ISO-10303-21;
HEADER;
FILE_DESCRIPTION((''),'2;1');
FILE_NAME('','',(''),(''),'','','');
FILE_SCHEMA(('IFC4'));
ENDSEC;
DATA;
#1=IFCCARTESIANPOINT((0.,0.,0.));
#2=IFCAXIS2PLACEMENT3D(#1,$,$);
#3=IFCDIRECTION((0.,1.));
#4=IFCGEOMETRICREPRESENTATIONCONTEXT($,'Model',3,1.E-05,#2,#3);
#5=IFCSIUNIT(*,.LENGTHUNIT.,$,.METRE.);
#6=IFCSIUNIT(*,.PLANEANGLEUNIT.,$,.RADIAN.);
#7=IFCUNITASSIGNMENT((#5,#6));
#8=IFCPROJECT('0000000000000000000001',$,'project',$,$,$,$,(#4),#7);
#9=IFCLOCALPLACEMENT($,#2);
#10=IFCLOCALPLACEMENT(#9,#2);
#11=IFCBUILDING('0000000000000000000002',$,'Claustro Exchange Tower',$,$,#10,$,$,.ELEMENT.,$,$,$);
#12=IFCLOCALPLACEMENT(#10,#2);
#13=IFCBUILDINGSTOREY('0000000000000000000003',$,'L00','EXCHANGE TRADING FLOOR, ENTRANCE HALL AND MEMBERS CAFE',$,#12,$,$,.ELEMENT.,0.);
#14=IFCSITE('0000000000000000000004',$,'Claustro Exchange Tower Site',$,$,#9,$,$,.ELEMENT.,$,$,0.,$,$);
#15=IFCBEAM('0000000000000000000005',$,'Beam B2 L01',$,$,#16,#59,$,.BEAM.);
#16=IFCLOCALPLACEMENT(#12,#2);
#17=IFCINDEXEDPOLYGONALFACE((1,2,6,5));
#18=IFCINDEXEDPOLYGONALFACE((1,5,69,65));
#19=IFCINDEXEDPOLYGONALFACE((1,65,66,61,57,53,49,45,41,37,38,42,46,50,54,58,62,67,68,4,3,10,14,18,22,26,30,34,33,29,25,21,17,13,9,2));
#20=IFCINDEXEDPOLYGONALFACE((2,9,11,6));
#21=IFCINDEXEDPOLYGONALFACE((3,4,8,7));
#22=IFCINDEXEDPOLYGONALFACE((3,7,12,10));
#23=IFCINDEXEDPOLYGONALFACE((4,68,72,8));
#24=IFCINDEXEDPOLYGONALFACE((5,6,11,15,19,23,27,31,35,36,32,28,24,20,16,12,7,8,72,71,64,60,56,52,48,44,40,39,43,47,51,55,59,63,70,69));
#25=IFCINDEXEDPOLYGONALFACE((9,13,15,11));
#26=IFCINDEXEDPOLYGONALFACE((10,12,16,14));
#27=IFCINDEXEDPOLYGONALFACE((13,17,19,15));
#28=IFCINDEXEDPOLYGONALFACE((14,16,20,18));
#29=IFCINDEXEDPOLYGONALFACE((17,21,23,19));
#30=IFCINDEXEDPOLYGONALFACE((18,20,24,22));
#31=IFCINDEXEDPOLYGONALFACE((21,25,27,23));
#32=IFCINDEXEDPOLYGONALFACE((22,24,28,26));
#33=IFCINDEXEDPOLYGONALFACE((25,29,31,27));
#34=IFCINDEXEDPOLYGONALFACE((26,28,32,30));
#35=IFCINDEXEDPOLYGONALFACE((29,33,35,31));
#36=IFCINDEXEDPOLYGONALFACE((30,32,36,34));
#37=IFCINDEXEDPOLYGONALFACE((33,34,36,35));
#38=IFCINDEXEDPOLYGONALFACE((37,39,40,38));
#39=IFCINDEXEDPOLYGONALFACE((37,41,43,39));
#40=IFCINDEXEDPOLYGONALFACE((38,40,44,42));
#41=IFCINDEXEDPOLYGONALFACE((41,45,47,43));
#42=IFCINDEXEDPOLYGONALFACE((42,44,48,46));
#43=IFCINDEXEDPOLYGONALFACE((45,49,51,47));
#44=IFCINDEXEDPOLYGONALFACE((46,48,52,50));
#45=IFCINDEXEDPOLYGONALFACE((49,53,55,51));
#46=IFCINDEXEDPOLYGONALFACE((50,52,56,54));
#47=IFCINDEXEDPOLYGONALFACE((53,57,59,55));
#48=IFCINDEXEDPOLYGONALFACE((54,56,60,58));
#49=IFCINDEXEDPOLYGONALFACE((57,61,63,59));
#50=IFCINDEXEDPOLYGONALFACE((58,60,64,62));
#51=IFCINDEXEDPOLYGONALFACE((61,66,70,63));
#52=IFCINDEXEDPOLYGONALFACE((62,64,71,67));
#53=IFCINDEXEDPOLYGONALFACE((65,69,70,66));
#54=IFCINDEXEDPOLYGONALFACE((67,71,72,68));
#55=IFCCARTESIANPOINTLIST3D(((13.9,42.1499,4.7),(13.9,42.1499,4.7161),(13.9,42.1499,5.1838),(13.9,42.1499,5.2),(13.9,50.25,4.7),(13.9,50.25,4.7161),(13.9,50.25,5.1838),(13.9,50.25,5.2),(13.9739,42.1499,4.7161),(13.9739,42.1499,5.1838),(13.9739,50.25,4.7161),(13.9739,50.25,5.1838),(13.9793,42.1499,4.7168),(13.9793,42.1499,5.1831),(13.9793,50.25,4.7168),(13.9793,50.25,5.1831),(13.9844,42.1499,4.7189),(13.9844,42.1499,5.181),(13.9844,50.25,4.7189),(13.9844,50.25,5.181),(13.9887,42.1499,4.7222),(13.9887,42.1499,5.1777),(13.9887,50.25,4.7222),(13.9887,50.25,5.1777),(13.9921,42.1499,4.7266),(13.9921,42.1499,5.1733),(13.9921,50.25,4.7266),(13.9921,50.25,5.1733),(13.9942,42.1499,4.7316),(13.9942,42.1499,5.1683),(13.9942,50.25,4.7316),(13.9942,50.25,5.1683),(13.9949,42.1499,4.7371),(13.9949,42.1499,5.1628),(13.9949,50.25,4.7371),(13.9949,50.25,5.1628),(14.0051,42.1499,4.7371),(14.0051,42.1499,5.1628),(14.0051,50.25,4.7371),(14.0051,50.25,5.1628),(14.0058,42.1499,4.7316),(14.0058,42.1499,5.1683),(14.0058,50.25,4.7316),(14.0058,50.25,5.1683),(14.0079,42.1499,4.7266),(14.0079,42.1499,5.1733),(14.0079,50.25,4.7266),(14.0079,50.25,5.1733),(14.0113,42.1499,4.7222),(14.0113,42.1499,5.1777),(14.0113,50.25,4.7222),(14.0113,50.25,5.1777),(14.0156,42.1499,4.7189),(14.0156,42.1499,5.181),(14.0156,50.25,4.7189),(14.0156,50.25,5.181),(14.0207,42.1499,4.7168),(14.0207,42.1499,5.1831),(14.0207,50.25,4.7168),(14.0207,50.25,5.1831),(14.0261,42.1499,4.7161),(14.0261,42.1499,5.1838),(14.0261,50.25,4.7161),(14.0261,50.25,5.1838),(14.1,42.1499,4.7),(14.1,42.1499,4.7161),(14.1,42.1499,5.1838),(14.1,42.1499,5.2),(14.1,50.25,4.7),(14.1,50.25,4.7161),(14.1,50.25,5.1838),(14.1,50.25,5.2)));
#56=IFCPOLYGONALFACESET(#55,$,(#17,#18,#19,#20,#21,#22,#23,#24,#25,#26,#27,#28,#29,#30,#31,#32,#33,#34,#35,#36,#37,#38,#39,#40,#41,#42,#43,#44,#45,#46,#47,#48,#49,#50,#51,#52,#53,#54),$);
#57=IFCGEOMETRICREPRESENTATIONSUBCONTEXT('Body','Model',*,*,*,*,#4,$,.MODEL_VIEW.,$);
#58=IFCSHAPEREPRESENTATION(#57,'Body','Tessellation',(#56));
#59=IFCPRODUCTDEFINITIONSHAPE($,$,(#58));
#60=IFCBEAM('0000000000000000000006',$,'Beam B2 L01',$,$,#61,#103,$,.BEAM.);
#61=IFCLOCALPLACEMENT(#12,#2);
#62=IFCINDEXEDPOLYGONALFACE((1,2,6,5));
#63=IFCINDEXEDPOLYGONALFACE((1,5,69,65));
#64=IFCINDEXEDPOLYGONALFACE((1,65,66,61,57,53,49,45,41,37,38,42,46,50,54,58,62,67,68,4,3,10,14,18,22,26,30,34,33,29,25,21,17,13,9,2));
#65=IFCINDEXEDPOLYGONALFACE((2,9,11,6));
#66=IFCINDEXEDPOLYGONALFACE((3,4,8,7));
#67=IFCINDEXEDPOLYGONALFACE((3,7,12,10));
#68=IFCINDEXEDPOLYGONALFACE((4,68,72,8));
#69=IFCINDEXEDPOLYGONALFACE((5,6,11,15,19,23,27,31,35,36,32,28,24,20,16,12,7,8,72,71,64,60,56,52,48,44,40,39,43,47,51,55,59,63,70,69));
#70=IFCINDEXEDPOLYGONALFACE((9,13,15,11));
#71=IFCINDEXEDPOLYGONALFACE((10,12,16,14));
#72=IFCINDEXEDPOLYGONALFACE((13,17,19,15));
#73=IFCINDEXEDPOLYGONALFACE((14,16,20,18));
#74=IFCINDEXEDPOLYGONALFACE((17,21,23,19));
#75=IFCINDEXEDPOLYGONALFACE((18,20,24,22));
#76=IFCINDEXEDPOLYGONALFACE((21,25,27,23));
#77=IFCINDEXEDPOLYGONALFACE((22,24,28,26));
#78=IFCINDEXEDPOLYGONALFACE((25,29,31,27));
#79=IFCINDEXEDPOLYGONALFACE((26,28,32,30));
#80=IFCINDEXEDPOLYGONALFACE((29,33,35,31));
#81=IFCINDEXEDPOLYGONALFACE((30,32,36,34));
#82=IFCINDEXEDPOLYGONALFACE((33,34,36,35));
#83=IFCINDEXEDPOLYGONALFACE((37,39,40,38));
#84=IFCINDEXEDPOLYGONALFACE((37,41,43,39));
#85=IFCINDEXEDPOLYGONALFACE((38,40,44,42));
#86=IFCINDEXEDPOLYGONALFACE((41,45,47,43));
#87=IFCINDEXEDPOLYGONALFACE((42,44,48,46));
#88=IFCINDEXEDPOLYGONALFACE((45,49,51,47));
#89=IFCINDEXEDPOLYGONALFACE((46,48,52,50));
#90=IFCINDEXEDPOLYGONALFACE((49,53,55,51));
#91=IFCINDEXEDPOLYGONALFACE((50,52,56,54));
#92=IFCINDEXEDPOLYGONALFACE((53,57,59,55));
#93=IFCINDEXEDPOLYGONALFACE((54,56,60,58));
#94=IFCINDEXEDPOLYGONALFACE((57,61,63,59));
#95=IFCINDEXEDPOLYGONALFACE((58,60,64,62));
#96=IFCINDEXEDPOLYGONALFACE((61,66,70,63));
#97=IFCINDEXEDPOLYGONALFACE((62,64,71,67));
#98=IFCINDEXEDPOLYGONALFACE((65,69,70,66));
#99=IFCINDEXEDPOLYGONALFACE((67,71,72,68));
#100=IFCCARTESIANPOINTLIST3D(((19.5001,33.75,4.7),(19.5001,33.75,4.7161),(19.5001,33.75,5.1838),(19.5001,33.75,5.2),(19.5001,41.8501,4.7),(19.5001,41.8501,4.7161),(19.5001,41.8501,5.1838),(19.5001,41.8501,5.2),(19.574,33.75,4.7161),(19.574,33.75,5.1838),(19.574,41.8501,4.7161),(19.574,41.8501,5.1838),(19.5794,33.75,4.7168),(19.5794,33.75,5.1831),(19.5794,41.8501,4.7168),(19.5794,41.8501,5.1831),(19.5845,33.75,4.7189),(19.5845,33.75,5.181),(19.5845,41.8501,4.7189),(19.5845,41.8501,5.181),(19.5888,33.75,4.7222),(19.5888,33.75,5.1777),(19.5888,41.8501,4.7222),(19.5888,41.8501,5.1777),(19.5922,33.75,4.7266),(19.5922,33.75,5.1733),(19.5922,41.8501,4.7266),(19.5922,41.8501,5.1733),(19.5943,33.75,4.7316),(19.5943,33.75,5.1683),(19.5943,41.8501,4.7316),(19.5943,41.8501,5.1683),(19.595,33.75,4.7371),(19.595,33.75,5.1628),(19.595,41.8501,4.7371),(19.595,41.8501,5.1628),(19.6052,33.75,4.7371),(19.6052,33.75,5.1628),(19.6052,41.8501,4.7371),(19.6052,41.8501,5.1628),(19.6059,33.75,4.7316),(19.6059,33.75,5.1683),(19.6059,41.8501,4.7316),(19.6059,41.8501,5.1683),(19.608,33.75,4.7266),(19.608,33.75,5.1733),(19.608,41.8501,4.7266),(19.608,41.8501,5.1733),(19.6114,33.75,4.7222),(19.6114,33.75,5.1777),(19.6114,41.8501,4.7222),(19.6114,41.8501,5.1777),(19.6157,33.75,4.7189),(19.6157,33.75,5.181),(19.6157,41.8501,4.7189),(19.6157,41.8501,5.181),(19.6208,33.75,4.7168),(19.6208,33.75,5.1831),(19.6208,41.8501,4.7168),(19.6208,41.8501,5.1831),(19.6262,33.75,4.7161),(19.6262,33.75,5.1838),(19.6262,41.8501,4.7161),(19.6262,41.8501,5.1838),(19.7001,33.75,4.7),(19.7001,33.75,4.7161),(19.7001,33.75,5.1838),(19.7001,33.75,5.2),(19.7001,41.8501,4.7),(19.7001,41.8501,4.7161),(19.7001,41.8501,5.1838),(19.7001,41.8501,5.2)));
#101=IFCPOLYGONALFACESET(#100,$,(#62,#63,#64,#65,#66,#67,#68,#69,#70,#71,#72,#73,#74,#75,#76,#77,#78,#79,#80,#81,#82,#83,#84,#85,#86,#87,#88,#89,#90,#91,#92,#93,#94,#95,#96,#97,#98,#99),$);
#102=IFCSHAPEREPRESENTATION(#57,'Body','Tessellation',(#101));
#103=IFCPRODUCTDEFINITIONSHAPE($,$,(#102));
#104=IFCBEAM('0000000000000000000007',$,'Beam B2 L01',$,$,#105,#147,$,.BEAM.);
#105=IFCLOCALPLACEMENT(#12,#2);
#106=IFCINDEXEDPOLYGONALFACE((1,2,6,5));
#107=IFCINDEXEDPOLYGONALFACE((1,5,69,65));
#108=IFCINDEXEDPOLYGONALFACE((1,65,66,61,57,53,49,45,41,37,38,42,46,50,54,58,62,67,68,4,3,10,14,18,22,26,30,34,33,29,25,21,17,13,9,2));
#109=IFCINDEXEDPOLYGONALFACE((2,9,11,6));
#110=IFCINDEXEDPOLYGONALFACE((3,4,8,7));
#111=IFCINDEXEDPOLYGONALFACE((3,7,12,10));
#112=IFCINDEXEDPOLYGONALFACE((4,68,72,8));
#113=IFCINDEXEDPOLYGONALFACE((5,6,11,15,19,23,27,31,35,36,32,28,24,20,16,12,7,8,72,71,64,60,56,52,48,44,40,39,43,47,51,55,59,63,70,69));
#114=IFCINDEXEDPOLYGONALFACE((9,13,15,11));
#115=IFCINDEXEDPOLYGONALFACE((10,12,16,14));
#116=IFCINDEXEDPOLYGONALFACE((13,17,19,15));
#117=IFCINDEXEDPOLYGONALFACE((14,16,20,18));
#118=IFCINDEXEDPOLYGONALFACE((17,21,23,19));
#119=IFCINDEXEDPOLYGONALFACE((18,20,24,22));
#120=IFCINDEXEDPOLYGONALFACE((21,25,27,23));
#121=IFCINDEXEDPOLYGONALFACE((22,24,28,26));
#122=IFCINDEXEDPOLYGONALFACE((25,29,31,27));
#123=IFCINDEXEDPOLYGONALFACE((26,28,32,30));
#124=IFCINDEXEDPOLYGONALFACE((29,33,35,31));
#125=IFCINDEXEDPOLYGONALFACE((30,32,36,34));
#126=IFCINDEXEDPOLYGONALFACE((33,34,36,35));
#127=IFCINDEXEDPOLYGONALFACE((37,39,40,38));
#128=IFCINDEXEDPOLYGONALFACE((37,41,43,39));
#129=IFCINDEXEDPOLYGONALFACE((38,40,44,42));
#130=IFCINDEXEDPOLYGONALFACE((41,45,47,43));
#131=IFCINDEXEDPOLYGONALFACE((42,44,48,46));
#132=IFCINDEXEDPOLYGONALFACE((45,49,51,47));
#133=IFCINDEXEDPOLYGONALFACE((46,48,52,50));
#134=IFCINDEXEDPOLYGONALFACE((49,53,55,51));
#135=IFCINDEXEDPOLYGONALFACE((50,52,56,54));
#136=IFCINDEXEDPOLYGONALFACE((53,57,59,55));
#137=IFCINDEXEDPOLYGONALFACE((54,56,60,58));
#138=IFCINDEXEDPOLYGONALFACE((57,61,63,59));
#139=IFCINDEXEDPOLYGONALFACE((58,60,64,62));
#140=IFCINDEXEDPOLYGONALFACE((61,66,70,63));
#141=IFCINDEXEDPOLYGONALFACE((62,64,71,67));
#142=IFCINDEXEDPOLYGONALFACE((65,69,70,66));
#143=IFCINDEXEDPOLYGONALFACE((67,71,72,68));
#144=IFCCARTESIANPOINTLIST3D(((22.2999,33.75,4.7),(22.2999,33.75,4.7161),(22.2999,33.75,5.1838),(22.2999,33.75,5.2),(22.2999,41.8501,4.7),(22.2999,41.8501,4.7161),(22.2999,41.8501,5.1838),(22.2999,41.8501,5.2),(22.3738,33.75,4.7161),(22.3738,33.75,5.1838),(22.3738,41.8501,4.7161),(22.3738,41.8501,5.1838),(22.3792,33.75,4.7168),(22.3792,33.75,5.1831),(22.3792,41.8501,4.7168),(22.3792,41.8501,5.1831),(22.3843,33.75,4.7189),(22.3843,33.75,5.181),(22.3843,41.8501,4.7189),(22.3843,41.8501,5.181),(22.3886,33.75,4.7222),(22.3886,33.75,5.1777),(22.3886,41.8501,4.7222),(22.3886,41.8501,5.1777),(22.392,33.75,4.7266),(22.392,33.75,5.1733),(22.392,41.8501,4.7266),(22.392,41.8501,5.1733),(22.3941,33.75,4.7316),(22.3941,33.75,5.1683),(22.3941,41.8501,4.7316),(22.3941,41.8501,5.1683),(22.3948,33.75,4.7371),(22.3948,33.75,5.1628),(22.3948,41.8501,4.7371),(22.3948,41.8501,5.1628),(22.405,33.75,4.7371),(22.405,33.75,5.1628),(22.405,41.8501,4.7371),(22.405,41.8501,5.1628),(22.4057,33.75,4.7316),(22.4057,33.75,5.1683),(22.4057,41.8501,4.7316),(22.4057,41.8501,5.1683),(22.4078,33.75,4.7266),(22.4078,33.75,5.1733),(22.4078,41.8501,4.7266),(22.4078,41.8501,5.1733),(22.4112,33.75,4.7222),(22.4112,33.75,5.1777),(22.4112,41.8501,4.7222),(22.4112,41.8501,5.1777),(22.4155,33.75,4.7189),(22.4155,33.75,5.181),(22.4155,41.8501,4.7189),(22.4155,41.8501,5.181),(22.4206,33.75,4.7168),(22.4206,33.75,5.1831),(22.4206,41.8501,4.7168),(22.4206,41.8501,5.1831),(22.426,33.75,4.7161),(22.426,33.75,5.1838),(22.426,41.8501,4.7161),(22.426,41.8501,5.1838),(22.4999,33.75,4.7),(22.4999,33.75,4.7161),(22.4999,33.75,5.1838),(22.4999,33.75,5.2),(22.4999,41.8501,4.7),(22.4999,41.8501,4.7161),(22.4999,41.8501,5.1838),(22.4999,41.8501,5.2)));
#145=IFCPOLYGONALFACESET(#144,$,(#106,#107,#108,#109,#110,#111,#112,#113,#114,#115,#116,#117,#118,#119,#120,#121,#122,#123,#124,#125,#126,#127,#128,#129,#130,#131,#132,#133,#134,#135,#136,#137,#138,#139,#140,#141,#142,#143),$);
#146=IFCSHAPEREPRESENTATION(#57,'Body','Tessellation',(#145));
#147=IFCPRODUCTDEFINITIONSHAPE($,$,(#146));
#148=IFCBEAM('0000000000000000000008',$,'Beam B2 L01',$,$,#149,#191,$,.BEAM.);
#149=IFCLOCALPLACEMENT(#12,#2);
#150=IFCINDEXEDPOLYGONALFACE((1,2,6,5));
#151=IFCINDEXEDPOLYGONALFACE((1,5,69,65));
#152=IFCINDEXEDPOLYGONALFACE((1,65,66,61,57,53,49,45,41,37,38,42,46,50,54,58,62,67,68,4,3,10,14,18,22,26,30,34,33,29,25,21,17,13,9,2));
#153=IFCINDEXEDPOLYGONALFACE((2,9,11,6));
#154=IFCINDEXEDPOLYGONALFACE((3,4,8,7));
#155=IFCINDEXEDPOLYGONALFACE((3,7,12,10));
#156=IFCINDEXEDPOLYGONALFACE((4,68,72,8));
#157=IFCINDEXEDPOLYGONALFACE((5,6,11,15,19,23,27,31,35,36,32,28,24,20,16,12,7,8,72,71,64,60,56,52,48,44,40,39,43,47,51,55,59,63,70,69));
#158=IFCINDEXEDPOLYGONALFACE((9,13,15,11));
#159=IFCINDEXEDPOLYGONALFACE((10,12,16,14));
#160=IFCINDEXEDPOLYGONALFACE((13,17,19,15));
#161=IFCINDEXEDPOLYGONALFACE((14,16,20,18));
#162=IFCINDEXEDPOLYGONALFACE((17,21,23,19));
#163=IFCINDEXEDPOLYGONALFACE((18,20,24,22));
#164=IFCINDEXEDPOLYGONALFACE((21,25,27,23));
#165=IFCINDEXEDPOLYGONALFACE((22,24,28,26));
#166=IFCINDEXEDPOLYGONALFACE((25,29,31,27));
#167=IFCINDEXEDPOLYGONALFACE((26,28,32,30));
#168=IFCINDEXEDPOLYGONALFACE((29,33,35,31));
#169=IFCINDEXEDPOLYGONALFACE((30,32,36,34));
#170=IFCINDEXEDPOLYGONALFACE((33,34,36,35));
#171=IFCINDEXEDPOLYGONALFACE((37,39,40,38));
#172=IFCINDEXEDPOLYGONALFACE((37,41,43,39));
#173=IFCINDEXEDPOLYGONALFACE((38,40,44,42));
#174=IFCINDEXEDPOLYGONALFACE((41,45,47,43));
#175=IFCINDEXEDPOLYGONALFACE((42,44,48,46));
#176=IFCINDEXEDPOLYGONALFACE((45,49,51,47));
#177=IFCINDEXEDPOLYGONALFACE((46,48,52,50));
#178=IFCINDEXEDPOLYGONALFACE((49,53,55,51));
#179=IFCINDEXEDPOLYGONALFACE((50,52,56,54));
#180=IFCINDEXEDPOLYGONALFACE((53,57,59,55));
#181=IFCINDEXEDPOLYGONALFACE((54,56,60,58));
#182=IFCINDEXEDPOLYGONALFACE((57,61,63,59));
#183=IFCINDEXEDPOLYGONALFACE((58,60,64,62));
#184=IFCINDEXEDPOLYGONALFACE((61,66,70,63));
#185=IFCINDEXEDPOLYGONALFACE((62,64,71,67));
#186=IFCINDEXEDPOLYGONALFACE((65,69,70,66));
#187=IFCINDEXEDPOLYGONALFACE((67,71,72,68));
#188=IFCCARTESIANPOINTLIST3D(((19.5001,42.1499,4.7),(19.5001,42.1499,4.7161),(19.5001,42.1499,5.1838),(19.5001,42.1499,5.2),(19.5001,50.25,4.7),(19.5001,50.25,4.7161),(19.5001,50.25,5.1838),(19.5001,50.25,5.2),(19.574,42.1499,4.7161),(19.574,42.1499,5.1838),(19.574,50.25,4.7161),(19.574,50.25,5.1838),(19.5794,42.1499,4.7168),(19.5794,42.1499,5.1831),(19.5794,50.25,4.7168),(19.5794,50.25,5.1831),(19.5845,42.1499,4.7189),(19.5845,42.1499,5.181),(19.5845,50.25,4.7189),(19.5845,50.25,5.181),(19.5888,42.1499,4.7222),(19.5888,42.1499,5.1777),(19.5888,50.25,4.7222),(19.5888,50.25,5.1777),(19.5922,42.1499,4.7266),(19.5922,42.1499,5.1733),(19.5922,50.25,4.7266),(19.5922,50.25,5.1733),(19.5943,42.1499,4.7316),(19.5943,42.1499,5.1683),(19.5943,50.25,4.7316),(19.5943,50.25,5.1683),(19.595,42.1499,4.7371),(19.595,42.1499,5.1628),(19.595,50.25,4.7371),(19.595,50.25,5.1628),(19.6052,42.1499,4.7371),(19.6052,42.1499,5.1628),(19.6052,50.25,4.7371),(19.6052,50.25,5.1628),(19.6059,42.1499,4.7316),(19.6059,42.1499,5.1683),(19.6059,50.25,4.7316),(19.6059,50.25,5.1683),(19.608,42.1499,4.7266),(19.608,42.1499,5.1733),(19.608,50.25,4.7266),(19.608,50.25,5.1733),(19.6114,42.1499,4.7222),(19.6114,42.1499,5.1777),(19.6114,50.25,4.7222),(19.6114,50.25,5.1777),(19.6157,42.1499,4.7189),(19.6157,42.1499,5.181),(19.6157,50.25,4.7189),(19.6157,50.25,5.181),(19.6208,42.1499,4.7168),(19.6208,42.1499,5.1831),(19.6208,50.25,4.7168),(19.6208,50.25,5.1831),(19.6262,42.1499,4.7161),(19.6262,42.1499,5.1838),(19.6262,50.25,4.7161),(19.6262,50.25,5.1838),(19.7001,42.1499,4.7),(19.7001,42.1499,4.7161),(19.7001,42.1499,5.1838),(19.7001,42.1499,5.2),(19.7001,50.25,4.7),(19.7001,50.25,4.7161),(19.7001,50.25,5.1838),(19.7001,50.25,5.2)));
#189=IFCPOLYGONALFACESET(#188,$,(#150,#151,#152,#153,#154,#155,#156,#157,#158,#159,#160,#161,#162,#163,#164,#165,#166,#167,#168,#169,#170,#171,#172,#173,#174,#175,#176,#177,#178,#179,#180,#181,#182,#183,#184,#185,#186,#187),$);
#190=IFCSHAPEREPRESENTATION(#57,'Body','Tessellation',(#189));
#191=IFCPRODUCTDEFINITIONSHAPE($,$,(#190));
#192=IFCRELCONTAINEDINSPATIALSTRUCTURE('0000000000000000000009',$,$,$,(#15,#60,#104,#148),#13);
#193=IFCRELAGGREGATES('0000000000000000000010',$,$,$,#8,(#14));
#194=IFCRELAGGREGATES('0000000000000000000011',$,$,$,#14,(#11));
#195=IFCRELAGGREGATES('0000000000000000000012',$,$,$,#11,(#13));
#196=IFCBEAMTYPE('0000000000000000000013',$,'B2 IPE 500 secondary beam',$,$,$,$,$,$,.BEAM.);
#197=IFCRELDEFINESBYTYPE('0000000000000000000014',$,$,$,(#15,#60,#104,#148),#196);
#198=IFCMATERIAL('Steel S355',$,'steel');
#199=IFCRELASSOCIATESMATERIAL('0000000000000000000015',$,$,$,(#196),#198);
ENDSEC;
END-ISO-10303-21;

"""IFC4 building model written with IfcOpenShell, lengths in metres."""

from ifc_helpers import new_model, si_unit, direction, frame, origin, origin_2d, place, context, subcontext, project, spatial, i_section, extrude, material, material_profile, profile_set, type_object, element, save


model = new_model("IFC4")

# Units and contexts
model_context = context("Model", 3, precision=1e-05, world=origin(), true_north=direction((0.0, 1.0)))
body_context = subcontext(model_context, "Body", "Model", "MODEL_VIEW")
ifc_project = project(units=[si_unit("LENGTHUNIT", "METRE"), si_unit("PLANEANGLEUNIT", "RADIAN")], contexts=[model_context])

# Site, building, storey
site_placement = place(None, origin())
site = spatial("IfcSite", under=ifc_project, at=site_placement, Name="Claustro Exchange Tower Site", CompositionType="ELEMENT", RefElevation=0.0)
building_placement = place(site_placement, origin())
building = spatial("IfcBuilding", under=site, at=building_placement, Name="Claustro Exchange Tower", CompositionType="ELEMENT")
storey_placement = place(building_placement, origin())
storey = spatial("IfcBuildingStorey", under=building, at=storey_placement, Name="L00", Description="EXCHANGE TRADING FLOOR, ENTRANCE HALL AND MEMBERS CAFE", CompositionType="ELEMENT", Elevation=0.0)

# Beams
ifc_material_1 = material(Name="Steel S355", Category="steel")
ifc_material_profile_1 = material_profile(ifc_material_1, i_section(OverallWidth=0.2, OverallDepth=0.5, WebThickness=0.0103, FlangeThickness=0.0161, FilletRadius=0.021, at=origin_2d()), Name="IPE 500")
ifc_profile_set_1 = profile_set([ifc_material_profile_1], Name="Steel S355")
beam_type_1 = type_object("IfcBeamType", Name="B2 IPE 500 secondary beam", PredefinedType="BEAM", material=ifc_profile_set_1)
for number, where, z_axis, x_axis, name in (
    (1, (14.0, 42.1499, 4.95), (0.0, 1.0, 0.0), (-1.0, 0.0, 0.0), "Beam B2 L01"),
    (2, (19.6001, 33.75, 4.95), (0.0, 1.0, 0.0), (-1.0, 0.0, 0.0), "Beam B2 L01"),
    (3, (22.3999, 33.75, 4.95), (0.0, 1.0, 0.0), (-1.0, 0.0, 0.0), "Beam B2 L01"),
    (4, (19.6001, 42.1499, 4.95), (0.0, 1.0, 0.0), (-1.0, 0.0, 0.0), "Beam B2 L01"),
):
    element("IfcBeam", number, at=place(storey_placement, frame(where, z_axis=z_axis, x_axis=x_axis)), inside=storey, type_object=beam_type_1, Name=name, PredefinedType="BEAM", context=body_context, shape_type="SweptSolid", body=[
        extrude(i_section(OverallWidth=0.2, OverallDepth=0.5, WebThickness=0.0103, FlangeThickness=0.0161, FilletRadius=0.021, at=origin_2d()), origin(), (0.0, 0.0, 1.0), 8.1001),
    ])

save(model, "model.ifc")
